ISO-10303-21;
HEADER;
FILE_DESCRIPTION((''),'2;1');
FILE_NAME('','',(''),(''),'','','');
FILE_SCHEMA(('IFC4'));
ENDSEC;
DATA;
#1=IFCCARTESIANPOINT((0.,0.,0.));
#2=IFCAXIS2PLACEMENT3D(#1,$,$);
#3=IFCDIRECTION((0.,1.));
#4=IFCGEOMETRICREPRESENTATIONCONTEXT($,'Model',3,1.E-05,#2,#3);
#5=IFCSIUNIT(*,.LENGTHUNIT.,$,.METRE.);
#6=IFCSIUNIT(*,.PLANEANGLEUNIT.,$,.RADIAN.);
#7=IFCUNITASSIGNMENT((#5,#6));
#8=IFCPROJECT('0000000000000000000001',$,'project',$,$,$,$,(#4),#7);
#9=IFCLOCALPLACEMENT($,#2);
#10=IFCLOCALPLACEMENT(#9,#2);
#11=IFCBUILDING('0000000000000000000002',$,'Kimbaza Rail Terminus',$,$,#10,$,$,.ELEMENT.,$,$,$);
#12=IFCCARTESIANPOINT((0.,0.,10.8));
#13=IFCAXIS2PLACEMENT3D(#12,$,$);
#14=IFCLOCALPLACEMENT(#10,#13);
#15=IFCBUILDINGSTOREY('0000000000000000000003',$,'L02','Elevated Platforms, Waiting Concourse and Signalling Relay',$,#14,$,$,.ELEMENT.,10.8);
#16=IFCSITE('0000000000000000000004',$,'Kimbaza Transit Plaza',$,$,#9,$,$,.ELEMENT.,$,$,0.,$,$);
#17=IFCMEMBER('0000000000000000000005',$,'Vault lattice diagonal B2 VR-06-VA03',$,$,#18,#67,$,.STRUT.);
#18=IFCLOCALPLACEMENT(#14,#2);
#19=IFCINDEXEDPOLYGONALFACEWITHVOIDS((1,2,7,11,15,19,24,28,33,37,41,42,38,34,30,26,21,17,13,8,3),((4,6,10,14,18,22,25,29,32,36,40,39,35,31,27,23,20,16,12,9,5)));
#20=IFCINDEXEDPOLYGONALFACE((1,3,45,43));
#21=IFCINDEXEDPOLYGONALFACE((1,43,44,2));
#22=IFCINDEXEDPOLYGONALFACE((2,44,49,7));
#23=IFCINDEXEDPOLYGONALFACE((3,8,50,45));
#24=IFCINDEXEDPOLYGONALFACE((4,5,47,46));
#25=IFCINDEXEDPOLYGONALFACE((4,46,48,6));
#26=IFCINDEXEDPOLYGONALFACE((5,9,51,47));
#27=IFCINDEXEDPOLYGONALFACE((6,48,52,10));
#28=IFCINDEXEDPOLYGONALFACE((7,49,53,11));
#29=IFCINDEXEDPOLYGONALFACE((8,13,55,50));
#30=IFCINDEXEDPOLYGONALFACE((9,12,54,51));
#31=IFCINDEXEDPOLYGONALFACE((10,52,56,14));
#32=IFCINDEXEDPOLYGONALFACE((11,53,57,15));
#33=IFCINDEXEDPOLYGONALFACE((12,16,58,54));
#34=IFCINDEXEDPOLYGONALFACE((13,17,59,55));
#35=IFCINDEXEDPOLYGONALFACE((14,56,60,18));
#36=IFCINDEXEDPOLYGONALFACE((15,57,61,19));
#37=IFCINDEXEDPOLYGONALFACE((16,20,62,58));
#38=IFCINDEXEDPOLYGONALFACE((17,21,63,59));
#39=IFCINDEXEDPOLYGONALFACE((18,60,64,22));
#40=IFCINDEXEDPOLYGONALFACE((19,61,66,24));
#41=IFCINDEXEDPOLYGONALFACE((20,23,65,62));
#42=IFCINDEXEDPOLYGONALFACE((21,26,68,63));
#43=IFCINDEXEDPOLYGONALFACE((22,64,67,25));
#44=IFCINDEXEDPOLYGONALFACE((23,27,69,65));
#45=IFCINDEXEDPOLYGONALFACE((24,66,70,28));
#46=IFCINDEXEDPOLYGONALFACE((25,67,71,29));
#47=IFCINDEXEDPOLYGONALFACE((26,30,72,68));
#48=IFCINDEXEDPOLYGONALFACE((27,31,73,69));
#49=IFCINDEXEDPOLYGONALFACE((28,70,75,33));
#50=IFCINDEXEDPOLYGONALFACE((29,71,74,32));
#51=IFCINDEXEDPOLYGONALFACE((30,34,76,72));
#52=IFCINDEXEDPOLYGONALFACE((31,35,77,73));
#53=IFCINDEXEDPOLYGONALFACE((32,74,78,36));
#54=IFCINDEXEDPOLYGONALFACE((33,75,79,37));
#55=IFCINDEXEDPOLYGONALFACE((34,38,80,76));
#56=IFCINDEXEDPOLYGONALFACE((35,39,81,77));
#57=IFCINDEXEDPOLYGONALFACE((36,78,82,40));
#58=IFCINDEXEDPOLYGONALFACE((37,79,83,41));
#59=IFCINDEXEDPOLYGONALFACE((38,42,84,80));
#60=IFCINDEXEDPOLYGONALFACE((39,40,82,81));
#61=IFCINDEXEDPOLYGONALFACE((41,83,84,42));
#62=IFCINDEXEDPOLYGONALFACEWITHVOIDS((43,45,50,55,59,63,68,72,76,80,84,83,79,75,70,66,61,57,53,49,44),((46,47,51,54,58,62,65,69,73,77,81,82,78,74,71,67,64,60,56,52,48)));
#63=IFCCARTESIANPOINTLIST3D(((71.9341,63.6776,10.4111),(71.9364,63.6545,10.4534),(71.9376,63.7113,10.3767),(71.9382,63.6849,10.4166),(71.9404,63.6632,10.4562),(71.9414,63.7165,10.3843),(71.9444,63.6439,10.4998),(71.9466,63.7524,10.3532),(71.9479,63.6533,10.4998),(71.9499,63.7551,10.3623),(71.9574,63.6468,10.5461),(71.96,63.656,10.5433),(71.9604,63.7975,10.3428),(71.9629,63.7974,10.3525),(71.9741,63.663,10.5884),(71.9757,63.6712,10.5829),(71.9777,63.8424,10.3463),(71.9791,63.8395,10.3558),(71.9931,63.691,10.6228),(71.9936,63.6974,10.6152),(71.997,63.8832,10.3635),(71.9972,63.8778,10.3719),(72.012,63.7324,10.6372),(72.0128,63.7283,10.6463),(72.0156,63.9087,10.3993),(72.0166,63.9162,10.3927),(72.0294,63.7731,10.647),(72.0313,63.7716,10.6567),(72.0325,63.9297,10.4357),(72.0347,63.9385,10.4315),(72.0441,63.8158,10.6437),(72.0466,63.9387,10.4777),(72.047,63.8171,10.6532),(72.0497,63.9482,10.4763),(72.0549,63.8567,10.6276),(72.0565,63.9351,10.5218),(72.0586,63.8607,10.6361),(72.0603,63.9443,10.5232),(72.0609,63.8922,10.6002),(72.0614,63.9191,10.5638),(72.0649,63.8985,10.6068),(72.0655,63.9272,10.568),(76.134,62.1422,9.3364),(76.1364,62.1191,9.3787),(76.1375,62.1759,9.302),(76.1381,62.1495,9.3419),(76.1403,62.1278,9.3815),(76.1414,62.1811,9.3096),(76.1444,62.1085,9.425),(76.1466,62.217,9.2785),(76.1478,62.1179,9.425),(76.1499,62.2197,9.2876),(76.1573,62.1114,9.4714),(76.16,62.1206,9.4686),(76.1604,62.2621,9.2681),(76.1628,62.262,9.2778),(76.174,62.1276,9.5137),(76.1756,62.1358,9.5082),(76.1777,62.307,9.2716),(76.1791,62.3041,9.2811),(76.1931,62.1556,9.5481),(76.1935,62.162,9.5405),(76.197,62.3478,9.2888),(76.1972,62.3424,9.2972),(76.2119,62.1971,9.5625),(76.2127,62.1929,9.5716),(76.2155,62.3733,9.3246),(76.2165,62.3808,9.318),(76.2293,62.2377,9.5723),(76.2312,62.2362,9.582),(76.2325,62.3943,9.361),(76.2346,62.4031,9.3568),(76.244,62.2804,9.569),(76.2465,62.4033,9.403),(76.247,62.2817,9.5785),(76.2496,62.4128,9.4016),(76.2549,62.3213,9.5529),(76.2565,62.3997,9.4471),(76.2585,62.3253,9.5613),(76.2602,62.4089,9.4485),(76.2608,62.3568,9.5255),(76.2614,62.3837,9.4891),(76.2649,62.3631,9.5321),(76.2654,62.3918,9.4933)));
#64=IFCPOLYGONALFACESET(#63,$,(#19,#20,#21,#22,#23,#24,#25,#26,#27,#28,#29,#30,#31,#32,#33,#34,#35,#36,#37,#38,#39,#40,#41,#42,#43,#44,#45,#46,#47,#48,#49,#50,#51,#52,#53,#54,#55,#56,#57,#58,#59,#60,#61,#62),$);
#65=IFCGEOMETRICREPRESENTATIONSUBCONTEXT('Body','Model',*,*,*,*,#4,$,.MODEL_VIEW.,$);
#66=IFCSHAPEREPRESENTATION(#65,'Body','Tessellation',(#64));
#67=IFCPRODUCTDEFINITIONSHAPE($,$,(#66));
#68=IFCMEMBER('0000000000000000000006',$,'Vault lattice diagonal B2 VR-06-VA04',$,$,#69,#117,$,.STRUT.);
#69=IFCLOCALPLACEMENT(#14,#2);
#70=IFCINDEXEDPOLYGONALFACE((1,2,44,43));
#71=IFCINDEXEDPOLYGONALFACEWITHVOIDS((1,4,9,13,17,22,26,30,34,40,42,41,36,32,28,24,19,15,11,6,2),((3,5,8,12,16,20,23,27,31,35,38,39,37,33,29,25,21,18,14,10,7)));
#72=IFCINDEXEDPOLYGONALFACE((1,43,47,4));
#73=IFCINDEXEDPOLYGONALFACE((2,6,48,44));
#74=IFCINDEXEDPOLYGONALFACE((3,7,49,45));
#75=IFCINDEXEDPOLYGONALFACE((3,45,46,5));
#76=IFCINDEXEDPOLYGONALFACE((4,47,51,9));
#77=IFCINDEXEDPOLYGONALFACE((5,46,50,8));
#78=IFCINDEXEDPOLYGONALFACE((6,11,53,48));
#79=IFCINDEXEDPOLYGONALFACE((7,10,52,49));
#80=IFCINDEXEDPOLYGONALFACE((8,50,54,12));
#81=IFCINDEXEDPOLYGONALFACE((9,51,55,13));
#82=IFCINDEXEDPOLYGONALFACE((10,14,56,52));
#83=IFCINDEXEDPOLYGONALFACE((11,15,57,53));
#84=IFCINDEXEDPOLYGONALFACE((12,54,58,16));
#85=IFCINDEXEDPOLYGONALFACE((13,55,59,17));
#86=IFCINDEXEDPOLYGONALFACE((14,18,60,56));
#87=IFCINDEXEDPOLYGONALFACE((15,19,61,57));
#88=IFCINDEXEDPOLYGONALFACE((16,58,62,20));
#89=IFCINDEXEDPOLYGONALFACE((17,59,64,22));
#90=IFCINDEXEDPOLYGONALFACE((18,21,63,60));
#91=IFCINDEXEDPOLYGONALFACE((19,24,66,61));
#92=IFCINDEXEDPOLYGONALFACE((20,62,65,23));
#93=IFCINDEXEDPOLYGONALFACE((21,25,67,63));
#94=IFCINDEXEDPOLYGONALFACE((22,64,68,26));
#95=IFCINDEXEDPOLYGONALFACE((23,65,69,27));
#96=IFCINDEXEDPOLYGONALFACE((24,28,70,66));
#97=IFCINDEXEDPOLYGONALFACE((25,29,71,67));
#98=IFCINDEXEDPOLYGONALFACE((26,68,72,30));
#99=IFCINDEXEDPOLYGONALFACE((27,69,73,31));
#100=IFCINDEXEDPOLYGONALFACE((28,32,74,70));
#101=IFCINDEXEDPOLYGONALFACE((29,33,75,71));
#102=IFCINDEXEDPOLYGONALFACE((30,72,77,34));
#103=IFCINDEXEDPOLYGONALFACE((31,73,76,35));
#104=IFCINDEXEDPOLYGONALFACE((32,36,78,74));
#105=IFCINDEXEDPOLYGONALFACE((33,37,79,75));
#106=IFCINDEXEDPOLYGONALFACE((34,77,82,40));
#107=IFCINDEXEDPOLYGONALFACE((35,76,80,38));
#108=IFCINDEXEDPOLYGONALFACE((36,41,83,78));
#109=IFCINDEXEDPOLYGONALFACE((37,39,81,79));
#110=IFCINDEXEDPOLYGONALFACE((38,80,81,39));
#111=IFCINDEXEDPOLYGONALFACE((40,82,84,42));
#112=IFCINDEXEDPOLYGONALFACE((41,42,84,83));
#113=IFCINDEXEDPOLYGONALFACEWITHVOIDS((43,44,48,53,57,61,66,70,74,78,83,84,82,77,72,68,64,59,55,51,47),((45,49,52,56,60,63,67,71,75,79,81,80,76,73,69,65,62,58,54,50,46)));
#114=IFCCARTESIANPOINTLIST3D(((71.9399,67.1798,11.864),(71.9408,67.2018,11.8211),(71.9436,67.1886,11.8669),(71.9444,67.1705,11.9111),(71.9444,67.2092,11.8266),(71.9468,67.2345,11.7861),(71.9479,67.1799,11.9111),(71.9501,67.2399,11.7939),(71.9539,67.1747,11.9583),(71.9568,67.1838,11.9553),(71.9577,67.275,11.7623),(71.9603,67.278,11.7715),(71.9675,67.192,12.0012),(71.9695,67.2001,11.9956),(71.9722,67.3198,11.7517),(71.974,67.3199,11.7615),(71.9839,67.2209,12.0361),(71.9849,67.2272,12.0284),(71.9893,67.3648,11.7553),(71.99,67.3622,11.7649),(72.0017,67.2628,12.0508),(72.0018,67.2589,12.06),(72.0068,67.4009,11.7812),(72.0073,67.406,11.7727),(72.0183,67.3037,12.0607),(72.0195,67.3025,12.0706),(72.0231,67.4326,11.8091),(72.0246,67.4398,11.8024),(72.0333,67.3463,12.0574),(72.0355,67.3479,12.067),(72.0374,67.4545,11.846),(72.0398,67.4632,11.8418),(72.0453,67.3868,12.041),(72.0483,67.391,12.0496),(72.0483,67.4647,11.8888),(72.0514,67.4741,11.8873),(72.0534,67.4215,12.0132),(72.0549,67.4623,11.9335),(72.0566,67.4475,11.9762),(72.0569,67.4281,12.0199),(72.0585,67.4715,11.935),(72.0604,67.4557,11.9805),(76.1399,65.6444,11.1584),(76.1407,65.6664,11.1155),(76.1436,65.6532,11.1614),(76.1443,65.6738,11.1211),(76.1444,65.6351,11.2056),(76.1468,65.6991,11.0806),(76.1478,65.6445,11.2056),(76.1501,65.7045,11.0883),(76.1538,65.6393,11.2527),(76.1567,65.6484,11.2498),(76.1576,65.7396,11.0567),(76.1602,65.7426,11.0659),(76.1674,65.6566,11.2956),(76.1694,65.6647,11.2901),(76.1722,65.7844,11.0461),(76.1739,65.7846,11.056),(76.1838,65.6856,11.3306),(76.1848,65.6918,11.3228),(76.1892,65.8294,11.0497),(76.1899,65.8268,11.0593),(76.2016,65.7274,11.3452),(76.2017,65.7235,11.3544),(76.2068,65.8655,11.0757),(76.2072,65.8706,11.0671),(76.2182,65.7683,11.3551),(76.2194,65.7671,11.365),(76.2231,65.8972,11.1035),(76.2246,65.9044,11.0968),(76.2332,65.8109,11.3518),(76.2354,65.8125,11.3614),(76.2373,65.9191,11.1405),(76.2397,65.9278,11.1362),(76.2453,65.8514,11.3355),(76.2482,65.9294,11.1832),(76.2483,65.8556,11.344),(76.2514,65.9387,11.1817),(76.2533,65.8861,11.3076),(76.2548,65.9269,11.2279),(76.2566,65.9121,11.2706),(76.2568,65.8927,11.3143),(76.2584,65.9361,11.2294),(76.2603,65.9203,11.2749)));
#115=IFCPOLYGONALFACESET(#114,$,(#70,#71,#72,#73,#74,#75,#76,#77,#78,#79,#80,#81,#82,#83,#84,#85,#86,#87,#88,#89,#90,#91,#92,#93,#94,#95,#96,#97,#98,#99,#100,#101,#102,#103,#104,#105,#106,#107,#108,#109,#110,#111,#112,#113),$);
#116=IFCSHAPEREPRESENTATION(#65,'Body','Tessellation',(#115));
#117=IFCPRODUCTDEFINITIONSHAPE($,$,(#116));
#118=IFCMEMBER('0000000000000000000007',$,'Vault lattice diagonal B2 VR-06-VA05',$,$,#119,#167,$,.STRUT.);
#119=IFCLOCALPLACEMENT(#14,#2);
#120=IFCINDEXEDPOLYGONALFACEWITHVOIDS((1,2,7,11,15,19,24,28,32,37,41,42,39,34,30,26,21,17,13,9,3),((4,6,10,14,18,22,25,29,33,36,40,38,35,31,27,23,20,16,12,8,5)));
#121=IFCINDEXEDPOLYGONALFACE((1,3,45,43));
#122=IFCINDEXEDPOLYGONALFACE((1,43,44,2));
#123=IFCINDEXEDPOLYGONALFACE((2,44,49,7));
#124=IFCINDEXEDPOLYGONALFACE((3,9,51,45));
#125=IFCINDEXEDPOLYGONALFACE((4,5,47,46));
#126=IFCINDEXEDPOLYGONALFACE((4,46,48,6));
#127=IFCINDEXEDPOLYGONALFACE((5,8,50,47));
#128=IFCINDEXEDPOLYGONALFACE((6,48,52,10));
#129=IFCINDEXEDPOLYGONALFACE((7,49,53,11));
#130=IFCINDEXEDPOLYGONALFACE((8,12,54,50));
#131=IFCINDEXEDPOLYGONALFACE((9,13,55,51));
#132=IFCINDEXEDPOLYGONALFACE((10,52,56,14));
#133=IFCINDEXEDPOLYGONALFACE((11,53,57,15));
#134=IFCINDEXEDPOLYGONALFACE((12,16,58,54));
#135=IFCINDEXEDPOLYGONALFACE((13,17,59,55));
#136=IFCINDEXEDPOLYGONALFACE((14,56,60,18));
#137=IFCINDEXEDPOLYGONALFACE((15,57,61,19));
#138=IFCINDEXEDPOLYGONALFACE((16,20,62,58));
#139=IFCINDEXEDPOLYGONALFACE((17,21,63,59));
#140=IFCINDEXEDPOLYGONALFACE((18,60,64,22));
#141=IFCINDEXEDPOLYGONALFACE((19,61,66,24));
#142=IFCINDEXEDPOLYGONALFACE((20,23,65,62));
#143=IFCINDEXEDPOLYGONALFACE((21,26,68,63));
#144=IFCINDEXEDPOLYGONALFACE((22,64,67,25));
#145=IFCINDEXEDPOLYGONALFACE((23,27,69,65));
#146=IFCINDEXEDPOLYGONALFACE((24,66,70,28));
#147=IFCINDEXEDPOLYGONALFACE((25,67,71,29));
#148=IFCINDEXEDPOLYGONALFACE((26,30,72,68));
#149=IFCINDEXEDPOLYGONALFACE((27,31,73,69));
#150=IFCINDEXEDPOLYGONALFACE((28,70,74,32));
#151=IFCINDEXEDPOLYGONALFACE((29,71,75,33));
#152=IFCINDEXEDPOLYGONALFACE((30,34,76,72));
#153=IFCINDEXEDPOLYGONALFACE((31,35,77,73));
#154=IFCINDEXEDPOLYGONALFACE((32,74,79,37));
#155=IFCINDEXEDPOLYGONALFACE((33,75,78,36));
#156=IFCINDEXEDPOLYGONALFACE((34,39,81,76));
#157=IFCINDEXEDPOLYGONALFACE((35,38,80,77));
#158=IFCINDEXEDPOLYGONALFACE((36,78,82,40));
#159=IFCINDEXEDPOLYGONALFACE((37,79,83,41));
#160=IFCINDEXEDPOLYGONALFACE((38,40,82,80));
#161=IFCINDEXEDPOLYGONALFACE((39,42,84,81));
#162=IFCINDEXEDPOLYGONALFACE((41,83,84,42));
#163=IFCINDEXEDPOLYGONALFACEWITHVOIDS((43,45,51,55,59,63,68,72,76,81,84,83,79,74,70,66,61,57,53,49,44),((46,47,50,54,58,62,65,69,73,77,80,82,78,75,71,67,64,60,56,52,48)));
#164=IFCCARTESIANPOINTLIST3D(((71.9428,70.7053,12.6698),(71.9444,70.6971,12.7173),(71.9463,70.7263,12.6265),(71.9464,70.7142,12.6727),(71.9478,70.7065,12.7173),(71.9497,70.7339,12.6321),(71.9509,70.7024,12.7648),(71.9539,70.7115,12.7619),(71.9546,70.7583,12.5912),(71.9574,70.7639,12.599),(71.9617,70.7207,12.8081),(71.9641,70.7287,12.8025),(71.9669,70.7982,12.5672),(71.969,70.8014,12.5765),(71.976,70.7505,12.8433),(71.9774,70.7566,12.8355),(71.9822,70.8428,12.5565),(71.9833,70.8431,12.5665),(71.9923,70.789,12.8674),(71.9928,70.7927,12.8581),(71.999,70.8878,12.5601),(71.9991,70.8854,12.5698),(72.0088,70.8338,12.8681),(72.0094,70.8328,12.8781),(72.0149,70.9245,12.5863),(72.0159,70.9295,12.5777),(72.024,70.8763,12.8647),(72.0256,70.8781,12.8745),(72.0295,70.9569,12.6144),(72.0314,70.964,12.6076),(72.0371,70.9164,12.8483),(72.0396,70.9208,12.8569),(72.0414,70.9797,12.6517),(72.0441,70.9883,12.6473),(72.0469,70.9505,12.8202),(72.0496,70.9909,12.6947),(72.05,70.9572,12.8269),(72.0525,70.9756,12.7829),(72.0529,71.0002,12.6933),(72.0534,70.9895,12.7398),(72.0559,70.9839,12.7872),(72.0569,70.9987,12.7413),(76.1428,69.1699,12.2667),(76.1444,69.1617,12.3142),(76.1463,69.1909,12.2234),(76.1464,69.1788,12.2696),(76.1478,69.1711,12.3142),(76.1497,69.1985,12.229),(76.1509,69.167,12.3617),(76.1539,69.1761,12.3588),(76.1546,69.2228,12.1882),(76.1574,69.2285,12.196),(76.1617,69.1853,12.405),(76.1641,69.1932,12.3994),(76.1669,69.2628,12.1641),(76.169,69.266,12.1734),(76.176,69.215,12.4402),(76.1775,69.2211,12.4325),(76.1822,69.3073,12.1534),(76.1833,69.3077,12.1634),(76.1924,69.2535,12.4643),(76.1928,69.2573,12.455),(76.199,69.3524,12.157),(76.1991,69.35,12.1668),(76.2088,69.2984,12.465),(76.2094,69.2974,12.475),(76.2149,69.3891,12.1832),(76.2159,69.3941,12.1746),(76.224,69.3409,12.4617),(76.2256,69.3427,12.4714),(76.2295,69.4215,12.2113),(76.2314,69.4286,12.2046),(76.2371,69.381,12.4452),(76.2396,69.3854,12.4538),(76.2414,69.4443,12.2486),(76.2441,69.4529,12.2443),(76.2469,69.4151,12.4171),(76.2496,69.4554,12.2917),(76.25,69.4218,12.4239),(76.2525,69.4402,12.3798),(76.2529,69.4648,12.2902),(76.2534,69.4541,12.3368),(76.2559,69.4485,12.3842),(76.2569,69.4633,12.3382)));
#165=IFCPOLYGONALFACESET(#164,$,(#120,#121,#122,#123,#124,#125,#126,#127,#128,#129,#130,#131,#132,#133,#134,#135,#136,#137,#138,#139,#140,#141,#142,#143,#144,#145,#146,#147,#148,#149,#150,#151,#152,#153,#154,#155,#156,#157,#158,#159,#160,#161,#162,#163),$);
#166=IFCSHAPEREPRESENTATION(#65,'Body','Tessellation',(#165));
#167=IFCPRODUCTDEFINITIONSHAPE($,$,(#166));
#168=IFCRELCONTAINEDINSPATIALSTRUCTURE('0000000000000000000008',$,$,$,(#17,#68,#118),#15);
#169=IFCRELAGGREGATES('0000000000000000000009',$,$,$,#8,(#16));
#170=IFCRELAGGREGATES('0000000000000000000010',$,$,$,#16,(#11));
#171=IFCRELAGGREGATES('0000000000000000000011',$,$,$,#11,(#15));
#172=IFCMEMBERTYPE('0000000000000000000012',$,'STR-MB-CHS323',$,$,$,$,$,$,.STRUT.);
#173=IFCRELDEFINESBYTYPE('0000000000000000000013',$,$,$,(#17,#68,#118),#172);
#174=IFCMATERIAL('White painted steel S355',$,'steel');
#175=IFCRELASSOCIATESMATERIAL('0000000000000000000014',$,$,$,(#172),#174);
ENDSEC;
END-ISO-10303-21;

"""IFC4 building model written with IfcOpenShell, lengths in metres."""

from ifc_helpers import new_model, si_unit, direction, frame, origin, origin_2d, place, context, subcontext, project, spatial, hollow_circle, extrude, material, material_profile, profile_set, type_object, element, save


model = new_model("IFC4")

# Units and contexts
model_context = context("Model", 3, precision=1e-05, world=origin(), true_north=direction((0.0, 1.0)))
body_context = subcontext(model_context, "Body", "Model", "MODEL_VIEW")
ifc_project = project(units=[si_unit("LENGTHUNIT", "METRE"), si_unit("PLANEANGLEUNIT", "RADIAN")], contexts=[model_context])

# Site, building, storey
site_placement = place(None, origin())
site = spatial("IfcSite", under=ifc_project, at=site_placement, Name="Kimbaza Transit Plaza", CompositionType="ELEMENT", RefElevation=0.0)
building_placement = place(site_placement, origin())
building = spatial("IfcBuilding", under=site, at=building_placement, Name="Kimbaza Rail Terminus", CompositionType="ELEMENT")
storey_placement = place(building_placement, frame((0.0, 0.0, 10.8)))
storey = spatial("IfcBuildingStorey", under=building, at=storey_placement, Name="L02", Description="Elevated Platforms, Waiting Concourse and Signalling Relay", CompositionType="ELEMENT", Elevation=10.8)

# Members
ifc_material_1 = material(Name="White painted steel S355", Category="steel")
ifc_material_profile_1 = material_profile(ifc_material_1, hollow_circle(Radius=0.1619, WallThickness=0.01, at=origin_2d()), Name="CHS 323.9x10")
ifc_profile_set_1 = profile_set([ifc_material_profile_1], Name="White painted steel S355")
member_type_1 = type_object("IfcMemberType", Name="STR-MB-CHS323", PredefinedType="STRUT", material=ifc_profile_set_1)
for number, where, z_axis, x_axis, name in (
    (1, (76.2, 62.2605, 9.425), (-0.913205, 0.333845, 0.233676), (-0.343351, -0.939207, 0.0), "Vault lattice diagonal B2 VR-06-VA03"),
):
    element("IfcMember", number, at=place(storey_placement, frame(where, z_axis=z_axis, x_axis=x_axis)), inside=storey, type_object=member_type_1, Name=name, PredefinedType="STRUT", context=body_context, shape_type="SweptSolid", body=[
        extrude(hollow_circle(Radius=0.1619, WallThickness=0.01, at=origin_2d()), origin(), (0.0, 0.0, 1.0), 4.5991),
    ])
member_1_placement = place(storey_placement, frame((76.2, 65.7871, 11.2056), z_axis=(-0.92773, 0.339156, 0.155853), x_axis=(-0.343351, -0.939207, 0.0)))
element("IfcMember", 2, at=member_1_placement, inside=storey, type_object=member_type_1, Name="Vault lattice diagonal B2 VR-06-VA04", PredefinedType="STRUT", context=body_context, shape_type="SweptSolid", body=[
    extrude(hollow_circle(Radius=0.1619, WallThickness=0.01, at=origin_2d()), origin(), (0.0, 0.0, 1.0), 4.5271),
])
member_2_placement = place(storey_placement, frame((76.2, 69.3137, 12.3142), z_axis=(-0.935415, 0.341965, 0.089773), x_axis=(-0.343351, -0.939207, 0.0)))
element("IfcMember", 3, at=member_2_placement, inside=storey, type_object=member_type_1, Name="Vault lattice diagonal B2 VR-06-VA05", PredefinedType="STRUT", context=body_context, shape_type="SweptSolid", body=[
    extrude(hollow_circle(Radius=0.1619, WallThickness=0.01, at=origin_2d()), origin(), (0.0, 0.0, 1.0), 4.49),
])

save(model, "model.ifc")
